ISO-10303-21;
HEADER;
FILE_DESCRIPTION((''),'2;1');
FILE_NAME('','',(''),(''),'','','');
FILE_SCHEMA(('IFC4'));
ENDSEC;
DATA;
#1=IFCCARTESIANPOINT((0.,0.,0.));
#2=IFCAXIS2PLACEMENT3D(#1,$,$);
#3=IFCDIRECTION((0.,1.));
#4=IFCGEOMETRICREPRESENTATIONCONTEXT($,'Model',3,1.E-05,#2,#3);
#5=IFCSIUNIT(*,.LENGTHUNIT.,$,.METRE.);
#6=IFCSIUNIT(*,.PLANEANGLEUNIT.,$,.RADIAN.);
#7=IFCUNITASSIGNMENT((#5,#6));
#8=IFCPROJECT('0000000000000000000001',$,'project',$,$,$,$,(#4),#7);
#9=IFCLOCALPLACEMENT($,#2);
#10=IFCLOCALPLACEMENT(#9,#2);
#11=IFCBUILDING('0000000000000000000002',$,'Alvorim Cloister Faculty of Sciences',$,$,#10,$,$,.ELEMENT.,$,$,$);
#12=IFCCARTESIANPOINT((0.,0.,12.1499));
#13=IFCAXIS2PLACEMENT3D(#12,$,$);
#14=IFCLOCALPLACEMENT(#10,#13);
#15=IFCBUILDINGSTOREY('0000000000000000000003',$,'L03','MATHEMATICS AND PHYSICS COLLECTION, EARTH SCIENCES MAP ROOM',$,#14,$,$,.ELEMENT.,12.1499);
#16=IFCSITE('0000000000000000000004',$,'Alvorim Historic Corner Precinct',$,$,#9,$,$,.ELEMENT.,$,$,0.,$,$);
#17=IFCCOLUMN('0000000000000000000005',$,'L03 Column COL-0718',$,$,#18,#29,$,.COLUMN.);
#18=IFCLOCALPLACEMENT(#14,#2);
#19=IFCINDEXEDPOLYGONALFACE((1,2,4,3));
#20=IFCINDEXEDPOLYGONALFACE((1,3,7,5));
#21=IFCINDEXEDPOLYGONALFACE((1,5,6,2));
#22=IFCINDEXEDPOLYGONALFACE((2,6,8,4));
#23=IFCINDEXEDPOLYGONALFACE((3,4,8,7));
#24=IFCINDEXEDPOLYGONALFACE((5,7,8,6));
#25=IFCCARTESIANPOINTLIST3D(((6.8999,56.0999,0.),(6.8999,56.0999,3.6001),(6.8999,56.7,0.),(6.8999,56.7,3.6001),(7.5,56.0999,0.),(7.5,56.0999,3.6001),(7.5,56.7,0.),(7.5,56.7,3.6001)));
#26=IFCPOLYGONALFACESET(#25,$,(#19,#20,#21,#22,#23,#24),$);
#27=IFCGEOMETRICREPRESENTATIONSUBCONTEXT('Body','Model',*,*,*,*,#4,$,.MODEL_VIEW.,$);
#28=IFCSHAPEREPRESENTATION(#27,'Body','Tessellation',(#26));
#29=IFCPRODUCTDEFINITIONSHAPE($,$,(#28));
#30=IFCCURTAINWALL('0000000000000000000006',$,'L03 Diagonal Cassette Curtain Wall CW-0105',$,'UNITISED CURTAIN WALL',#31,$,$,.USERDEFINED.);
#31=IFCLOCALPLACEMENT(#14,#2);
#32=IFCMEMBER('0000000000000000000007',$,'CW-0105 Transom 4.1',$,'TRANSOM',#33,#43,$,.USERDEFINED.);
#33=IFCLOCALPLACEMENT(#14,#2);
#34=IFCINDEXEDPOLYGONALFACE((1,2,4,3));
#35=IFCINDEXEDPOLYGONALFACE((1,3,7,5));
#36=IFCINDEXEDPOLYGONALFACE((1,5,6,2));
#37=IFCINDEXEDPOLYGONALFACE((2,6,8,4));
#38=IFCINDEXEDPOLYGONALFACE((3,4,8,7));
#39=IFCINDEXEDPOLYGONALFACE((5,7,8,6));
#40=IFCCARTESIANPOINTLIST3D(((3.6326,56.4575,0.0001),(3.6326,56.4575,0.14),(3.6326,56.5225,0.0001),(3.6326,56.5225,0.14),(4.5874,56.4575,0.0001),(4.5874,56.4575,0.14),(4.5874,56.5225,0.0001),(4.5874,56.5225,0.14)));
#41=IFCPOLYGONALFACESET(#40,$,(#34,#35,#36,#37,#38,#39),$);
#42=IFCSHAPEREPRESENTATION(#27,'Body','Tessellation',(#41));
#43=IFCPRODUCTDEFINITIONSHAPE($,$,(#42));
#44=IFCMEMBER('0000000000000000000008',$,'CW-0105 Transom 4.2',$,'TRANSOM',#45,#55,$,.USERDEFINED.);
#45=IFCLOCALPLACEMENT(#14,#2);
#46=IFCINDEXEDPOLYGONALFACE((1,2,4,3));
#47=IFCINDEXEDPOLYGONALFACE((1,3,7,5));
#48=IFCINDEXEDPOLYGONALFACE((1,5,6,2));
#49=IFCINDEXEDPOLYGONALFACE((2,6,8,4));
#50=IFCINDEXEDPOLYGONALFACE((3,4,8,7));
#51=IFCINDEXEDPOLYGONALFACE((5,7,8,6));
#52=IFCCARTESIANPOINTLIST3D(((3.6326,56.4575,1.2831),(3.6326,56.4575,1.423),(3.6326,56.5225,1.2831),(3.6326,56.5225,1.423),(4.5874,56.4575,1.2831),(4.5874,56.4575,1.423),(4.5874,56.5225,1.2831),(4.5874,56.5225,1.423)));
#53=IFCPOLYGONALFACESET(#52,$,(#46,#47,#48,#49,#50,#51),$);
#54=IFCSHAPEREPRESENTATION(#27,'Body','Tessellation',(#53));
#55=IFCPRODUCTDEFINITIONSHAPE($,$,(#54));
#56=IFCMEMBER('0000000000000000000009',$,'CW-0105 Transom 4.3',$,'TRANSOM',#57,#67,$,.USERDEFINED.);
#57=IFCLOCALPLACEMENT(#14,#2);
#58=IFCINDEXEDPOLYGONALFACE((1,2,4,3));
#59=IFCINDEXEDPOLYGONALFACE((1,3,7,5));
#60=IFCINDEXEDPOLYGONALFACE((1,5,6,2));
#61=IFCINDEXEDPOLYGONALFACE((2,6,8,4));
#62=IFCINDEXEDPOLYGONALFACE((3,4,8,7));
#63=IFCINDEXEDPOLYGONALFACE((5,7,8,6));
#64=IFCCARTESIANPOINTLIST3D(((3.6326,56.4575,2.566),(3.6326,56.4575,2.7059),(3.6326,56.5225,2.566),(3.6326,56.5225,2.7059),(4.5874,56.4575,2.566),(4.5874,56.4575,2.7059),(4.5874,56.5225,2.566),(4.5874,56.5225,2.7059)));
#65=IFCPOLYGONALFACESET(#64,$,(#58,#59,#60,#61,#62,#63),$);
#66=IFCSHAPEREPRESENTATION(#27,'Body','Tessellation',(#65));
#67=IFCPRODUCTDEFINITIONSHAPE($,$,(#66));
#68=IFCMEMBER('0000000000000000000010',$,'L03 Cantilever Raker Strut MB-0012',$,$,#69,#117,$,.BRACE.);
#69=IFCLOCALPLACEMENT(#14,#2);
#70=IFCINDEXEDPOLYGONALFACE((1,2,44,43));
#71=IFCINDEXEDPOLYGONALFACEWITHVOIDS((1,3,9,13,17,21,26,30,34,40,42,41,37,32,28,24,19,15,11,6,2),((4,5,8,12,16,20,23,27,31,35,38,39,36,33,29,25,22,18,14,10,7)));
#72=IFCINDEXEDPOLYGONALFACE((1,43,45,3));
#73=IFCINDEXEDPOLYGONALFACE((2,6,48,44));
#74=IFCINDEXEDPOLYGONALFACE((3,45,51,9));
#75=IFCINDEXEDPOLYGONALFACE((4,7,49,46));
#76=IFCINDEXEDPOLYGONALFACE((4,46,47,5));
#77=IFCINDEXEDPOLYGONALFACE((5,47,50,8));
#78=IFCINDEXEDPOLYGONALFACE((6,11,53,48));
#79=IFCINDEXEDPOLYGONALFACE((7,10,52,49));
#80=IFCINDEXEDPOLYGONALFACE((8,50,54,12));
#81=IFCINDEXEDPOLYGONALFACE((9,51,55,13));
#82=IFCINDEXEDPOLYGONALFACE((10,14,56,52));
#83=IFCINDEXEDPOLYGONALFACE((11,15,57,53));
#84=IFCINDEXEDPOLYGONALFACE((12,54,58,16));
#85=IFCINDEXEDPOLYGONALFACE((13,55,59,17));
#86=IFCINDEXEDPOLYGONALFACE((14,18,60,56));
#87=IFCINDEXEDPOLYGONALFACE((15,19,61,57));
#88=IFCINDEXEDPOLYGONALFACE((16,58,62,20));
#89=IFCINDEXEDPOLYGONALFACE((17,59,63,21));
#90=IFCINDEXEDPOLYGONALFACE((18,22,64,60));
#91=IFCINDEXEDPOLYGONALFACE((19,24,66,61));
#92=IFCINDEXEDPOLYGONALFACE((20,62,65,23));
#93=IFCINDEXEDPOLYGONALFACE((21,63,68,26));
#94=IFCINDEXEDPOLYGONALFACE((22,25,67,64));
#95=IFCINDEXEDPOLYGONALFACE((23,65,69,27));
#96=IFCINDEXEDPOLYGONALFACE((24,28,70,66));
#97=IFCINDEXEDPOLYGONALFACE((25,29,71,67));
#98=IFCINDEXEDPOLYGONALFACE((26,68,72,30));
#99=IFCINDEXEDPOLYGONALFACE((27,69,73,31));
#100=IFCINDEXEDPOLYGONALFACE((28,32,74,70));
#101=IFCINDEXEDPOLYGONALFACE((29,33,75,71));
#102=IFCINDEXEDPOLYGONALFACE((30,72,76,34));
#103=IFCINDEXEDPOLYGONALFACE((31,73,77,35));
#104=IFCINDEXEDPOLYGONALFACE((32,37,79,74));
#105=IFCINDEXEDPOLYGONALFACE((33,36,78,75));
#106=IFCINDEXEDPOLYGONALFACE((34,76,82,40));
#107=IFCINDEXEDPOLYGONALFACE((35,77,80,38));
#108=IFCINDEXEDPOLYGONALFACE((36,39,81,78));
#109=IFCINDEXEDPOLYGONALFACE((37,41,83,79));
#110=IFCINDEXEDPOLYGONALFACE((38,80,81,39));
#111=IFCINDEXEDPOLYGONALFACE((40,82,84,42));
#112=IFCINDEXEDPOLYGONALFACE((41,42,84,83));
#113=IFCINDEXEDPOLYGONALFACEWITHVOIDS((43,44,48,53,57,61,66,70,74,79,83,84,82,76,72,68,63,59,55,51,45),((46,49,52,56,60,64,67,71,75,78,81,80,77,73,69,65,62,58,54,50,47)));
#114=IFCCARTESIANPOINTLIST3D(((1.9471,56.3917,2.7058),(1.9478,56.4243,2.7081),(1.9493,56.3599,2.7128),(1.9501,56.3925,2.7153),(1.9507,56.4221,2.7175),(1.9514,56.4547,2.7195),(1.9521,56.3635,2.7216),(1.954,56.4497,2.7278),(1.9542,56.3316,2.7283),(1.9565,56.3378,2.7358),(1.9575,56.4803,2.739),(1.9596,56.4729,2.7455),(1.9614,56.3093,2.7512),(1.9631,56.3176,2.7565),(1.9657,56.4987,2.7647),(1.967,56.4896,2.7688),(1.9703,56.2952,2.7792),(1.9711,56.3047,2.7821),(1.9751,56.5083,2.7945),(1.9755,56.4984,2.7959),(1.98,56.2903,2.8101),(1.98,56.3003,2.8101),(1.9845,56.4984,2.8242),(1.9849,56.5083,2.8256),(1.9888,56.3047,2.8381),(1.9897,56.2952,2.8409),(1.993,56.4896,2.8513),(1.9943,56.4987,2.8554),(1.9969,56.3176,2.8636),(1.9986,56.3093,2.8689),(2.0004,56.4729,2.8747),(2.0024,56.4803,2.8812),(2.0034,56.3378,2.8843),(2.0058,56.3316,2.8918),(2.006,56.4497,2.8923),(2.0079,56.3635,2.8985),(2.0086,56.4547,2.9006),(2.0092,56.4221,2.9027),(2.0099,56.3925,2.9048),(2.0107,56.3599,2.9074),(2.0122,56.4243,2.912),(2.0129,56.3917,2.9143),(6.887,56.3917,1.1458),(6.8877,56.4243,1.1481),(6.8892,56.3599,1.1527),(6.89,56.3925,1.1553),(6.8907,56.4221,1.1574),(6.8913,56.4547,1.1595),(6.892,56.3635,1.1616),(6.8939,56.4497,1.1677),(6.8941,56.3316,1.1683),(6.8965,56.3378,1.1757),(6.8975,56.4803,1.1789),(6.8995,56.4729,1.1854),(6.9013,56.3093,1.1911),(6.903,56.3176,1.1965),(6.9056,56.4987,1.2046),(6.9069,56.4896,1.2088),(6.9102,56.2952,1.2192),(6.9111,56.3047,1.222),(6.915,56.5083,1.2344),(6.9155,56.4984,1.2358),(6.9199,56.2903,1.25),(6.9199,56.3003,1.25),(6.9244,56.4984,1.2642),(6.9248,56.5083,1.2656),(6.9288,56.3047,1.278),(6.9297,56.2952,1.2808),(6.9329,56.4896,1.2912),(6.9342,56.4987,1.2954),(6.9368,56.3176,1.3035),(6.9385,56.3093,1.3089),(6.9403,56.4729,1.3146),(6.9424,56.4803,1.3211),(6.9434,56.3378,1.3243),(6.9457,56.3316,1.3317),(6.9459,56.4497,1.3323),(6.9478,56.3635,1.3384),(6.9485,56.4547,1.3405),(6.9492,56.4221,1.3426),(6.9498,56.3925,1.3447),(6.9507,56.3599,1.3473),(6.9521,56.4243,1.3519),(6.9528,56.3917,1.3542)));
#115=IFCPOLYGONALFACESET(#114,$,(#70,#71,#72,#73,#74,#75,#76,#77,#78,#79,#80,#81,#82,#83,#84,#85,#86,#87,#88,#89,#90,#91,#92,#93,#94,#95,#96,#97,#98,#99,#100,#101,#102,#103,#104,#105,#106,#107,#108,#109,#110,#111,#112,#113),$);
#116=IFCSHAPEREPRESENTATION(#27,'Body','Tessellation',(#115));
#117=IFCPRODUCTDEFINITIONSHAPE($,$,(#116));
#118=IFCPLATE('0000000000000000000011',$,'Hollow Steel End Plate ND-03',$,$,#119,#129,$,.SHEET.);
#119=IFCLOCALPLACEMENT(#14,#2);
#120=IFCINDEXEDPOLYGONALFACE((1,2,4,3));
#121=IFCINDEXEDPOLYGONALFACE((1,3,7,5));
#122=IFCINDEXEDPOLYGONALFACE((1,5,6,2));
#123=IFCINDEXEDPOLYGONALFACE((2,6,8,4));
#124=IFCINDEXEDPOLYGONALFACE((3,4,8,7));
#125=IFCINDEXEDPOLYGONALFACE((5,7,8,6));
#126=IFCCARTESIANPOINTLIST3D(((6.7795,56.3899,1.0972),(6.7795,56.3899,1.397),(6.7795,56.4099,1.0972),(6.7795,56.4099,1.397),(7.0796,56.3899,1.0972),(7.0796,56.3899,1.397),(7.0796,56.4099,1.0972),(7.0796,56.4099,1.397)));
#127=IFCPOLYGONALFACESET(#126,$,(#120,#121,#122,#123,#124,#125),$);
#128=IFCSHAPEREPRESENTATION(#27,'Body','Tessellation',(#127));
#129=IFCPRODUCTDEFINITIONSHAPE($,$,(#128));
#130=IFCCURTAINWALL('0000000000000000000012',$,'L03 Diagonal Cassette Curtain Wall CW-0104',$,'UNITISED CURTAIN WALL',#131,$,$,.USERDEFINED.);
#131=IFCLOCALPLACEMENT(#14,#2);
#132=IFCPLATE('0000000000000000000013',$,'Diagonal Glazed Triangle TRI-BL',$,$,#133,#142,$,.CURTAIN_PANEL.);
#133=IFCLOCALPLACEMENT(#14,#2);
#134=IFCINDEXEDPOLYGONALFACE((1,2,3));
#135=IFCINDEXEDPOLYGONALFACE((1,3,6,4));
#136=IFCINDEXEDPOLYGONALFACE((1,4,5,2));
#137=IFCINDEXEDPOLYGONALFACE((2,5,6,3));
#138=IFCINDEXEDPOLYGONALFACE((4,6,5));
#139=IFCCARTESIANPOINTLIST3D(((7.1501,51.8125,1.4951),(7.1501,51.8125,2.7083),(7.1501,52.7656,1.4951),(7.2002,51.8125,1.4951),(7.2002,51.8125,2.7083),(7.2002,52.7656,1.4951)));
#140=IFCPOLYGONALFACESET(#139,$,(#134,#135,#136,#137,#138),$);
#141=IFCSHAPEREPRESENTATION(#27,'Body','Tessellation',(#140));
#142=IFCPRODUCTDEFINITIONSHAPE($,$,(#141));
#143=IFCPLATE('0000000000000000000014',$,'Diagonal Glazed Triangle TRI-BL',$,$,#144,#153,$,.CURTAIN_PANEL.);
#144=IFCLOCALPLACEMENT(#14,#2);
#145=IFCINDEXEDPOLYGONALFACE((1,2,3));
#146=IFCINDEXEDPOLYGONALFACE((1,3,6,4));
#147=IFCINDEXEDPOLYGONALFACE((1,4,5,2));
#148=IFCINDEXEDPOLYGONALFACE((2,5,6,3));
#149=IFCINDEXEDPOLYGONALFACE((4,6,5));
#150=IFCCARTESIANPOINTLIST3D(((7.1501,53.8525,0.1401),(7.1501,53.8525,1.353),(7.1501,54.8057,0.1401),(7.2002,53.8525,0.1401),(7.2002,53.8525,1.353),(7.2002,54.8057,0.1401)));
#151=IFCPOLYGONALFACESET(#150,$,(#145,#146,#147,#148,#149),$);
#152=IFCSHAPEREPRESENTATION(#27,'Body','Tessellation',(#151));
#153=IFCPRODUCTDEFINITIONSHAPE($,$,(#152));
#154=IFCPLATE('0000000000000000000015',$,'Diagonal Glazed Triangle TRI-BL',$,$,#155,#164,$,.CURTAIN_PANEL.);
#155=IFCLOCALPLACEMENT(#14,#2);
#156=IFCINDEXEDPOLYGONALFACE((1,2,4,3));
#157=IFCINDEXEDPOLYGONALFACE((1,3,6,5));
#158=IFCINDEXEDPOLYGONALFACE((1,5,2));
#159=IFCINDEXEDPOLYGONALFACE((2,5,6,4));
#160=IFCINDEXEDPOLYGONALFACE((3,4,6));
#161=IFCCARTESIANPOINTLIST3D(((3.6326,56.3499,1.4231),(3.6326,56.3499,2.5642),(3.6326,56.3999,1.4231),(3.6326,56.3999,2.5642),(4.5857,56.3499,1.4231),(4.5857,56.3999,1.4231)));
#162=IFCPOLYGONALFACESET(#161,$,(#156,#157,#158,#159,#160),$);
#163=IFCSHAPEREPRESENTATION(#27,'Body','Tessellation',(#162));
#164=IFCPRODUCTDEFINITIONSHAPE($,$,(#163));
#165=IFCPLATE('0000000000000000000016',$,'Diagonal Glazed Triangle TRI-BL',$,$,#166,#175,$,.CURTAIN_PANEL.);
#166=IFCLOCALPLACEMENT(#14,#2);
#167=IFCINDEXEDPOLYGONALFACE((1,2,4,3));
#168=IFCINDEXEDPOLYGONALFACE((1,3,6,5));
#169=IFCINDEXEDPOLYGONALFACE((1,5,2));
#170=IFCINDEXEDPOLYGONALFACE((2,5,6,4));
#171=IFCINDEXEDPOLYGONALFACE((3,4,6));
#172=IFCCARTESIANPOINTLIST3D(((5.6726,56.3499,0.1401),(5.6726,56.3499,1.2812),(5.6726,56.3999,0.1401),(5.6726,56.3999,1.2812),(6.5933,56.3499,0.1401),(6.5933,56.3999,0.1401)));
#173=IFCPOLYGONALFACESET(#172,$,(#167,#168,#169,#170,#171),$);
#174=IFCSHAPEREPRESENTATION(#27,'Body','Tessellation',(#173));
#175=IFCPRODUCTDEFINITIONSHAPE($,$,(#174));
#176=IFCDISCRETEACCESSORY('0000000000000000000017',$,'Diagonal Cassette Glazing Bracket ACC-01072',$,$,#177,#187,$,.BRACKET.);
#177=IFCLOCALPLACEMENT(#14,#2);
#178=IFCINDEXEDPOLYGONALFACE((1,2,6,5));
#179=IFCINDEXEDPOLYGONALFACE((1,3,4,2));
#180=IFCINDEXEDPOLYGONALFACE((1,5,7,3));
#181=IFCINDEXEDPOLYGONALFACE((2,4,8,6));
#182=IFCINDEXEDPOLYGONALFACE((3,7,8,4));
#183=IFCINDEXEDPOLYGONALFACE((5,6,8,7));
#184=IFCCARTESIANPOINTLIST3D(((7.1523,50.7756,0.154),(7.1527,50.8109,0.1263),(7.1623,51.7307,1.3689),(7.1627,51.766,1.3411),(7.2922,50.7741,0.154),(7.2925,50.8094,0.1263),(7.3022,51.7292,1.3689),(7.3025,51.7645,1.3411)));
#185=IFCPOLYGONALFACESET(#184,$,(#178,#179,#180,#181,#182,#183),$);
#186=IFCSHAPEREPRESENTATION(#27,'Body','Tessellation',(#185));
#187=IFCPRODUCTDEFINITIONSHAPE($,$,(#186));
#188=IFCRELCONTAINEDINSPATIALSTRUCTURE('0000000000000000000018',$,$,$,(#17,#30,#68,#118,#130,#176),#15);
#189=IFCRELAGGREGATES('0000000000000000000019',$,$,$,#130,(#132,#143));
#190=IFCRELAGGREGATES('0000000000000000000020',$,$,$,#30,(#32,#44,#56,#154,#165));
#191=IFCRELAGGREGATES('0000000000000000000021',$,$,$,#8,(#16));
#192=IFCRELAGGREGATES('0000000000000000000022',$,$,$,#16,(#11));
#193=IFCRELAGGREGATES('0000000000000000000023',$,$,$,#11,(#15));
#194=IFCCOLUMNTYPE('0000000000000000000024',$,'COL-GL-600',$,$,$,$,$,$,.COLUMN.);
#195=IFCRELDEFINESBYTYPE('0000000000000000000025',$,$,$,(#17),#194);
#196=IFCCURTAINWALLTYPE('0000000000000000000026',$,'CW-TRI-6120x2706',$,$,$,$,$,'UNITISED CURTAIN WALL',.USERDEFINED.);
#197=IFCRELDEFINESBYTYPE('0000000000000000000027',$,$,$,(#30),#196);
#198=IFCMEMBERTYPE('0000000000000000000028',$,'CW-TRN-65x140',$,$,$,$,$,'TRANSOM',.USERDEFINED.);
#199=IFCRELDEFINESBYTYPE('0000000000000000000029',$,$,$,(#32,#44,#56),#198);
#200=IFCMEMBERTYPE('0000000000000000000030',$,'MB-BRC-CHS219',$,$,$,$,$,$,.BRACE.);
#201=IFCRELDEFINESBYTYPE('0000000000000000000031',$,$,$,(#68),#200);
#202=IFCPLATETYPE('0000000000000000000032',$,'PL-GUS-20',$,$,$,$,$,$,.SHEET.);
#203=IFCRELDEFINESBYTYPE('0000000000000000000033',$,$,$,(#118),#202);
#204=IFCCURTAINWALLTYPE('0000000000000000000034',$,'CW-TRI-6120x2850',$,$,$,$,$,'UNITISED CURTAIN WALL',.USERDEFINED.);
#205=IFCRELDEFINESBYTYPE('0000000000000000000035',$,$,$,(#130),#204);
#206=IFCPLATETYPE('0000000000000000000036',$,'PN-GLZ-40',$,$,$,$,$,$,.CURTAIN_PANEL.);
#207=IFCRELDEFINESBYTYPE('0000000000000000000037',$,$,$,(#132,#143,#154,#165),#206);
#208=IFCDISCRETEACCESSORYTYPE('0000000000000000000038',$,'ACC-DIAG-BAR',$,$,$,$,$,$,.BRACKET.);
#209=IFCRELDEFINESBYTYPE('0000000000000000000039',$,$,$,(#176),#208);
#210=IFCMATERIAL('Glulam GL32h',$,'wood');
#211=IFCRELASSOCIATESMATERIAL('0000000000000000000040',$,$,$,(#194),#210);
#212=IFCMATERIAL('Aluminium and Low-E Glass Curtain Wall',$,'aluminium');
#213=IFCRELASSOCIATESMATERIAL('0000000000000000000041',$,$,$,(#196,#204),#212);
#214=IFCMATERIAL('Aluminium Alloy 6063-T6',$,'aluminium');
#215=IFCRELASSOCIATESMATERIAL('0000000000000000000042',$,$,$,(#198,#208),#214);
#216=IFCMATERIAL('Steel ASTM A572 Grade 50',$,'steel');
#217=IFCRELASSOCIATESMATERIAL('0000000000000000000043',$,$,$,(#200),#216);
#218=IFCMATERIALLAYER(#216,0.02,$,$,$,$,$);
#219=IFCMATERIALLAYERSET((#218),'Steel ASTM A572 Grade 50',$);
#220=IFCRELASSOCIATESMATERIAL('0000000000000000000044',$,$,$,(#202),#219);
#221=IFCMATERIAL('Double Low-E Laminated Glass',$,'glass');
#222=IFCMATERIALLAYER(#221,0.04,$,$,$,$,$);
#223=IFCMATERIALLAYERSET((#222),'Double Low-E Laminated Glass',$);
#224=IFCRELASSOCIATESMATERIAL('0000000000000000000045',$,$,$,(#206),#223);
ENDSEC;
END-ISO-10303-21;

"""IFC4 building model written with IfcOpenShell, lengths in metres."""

from ifc_helpers import new_model, si_unit, direction, frame, origin, origin_2d, place, context, subcontext, project, spatial, polyline, rectangle, hollow_circle, outline, extrude, material, layer, layer_set, material_profile, profile_set, type_object, element, aggregate, save


model = new_model("IFC4")

# Units and contexts
model_context = context("Model", 3, precision=1e-05, world=origin(), true_north=direction((0.0, 1.0)))
body_context = subcontext(model_context, "Body", "Model", "MODEL_VIEW")
ifc_project = project(units=[si_unit("LENGTHUNIT", "METRE"), si_unit("PLANEANGLEUNIT", "RADIAN")], contexts=[model_context])

# Site, building, storey
site_placement = place(None, origin())
site = spatial("IfcSite", under=ifc_project, at=site_placement, Name="Alvorim Historic Corner Precinct", CompositionType="ELEMENT", RefElevation=0.0)
building_placement = place(site_placement, origin())
building = spatial("IfcBuilding", under=site, at=building_placement, Name="Alvorim Cloister Faculty of Sciences", CompositionType="ELEMENT")
storey_placement = place(building_placement, frame((0.0, 0.0, 12.1499)))
storey = spatial("IfcBuildingStorey", under=building, at=storey_placement, Name="L03", Description="MATHEMATICS AND PHYSICS COLLECTION, EARTH SCIENCES MAP ROOM", CompositionType="ELEMENT", Elevation=12.1499)

# Column
ifc_material_1 = material(Name="Glulam GL32h", Category="wood")
ifc_material_profile_1 = material_profile(ifc_material_1, rectangle(XDim=0.6001, YDim=0.6001, at=origin_2d()), Name="GL32-COL-600x600")
ifc_profile_set_1 = profile_set([ifc_material_profile_1], Name="Glulam GL32h")
column_type = type_object("IfcColumnType", Name="COL-GL-600", PredefinedType="COLUMN", material=ifc_profile_set_1)
column_placement = place(storey_placement, frame((7.2, 56.3999, 0.0), z_axis=(0.0, 0.0, 1.0), x_axis=(1.0, 0.0, 0.0)))
element("IfcColumn", 1, at=column_placement, inside=storey, type_object=column_type, Name="L03 Column COL-0718", PredefinedType="COLUMN", context=body_context, shape_type="SweptSolid", body=[
    extrude(rectangle(XDim=0.6001, YDim=0.6001, at=origin_2d()), origin(), (0.0, 0.0, 1.0), 3.6001),
])

# Curtain wall, members
ifc_material_2 = material(Name="Aluminium and Low-E Glass Curtain Wall", Category="aluminium")
curtain_wall_type_1 = type_object("IfcCurtainWallType", Name="CW-TRI-6120x2706", ElementType="UNITISED CURTAIN WALL", PredefinedType="USERDEFINED", material=ifc_material_2)
curtain_wall_1_placement = place(storey_placement, origin())
curtain_wall_1 = element("IfcCurtainWall", 2, at=curtain_wall_1_placement, inside=storey, type_object=curtain_wall_type_1, Name="L03 Diagonal Cassette Curtain Wall CW-0105", ObjectType="UNITISED CURTAIN WALL", PredefinedType="USERDEFINED")
ifc_material_3 = material(Name="Aluminium Alloy 6063-T6", Category="aluminium")
ifc_material_profile_2 = material_profile(ifc_material_3, rectangle(XDim=0.0649, YDim=0.1399, at=origin_2d()), Name="ALU-TRN-65x140")
ifc_profile_set_2 = profile_set([ifc_material_profile_2], Name="Aluminium Alloy 6063-T6")
member_type_1 = type_object("IfcMemberType", Name="CW-TRN-65x140", ElementType="TRANSOM", PredefinedType="USERDEFINED", material=ifc_profile_set_2)
member_1_placement = place(storey_placement, frame((3.6326, 56.49, 0.0701), z_axis=(1.0, 0.0, 0.0), x_axis=(0.0, 1.0, 0.0)))
member_1 = element("IfcMember", 3, at=member_1_placement, type_object=member_type_1, Name="CW-0105 Transom 4.1", ObjectType="TRANSOM", PredefinedType="USERDEFINED", context=body_context, shape_type="SweptSolid", body=[
    extrude(rectangle(XDim=0.0649, YDim=0.1399, at=origin_2d()), origin(), (0.0, 0.0, 1.0), 0.9548),
])
member_2_placement = place(storey_placement, frame((3.6326, 56.49, 1.353), z_axis=(1.0, 0.0, 0.0), x_axis=(0.0, 1.0, 0.0)))
member_2 = element("IfcMember", 4, at=member_2_placement, type_object=member_type_1, Name="CW-0105 Transom 4.2", ObjectType="TRANSOM", PredefinedType="USERDEFINED", context=body_context, shape_type="SweptSolid", body=[
    extrude(rectangle(XDim=0.0649, YDim=0.1399, at=origin_2d()), origin(), (0.0, 0.0, 1.0), 0.9548),
])
member_3_placement = place(storey_placement, frame((3.6326, 56.49, 2.636), z_axis=(1.0, 0.0, 0.0), x_axis=(0.0, 1.0, 0.0)))
member_3 = element("IfcMember", 5, at=member_3_placement, type_object=member_type_1, Name="CW-0105 Transom 4.3", ObjectType="TRANSOM", PredefinedType="USERDEFINED", context=body_context, shape_type="SweptSolid", body=[
    extrude(rectangle(XDim=0.0649, YDim=0.1399, at=origin_2d()), origin(), (0.0, 0.0, 1.0), 0.9548),
])

# Member
ifc_material_4 = material(Name="Steel ASTM A572 Grade 50", Category="steel")
ifc_material_profile_3 = material_profile(ifc_material_4, hollow_circle(Radius=0.1096, WallThickness=0.01, at=origin_2d()), Name="CHS219.1x10")
ifc_profile_set_3 = profile_set([ifc_material_profile_3], Name="Steel ASTM A572 Grade 50")
member_type_2 = type_object("IfcMemberType", Name="MB-BRC-CHS219", PredefinedType="BRACE", material=ifc_profile_set_3)
member_4_placement = place(storey_placement, frame((6.9199, 56.3999, 1.25), z_axis=(-0.953578, 0.0, 0.301145), x_axis=(0.0, -1.0, 0.0)))
element("IfcMember", 6, at=member_4_placement, inside=storey, type_object=member_type_2, Name="L03 Cantilever Raker Strut MB-0012", PredefinedType="BRACE", context=body_context, shape_type="SweptSolid", body=[
    extrude(hollow_circle(Radius=0.1096, WallThickness=0.01, at=origin_2d()), origin(), (0.0, 0.0, 1.0), 5.1804),
])

# Plate
ifc_layer_1 = layer(ifc_material_4, 0.02)
ifc_layer_set_1 = layer_set([ifc_layer_1], Name="Steel ASTM A572 Grade 50")
plate_type_1 = type_object("IfcPlateType", Name="PL-GUS-20", PredefinedType="SHEET", material=ifc_layer_set_1)
plate_1_placement = place(storey_placement, frame((7.0796, 56.3999, 1.0972), z_axis=(0.0, 0.0, 1.0), x_axis=(-1.0, 0.0, 0.0)))
element("IfcPlate", 7, at=plate_1_placement, inside=storey, type_object=plate_type_1, Name="Hollow Steel End Plate ND-03", PredefinedType="SHEET", context=body_context, shape_type="SweptSolid", body=[
    extrude(outline(polyline([(0.0, 0.0), (0.3, 0.0), (0.3, 0.2998), (0.0, 0.2998), (0.0, 0.0)])), frame((0.0, 0.01, 0.0), z_axis=(0.0, -1.0, 0.0), x_axis=(1.0, 0.0, 0.0)), (0.0, 0.0, 1.0), 0.02),
])

# Curtain wall, plates
curtain_wall_type_2 = type_object("IfcCurtainWallType", Name="CW-TRI-6120x2850", ElementType="UNITISED CURTAIN WALL", PredefinedType="USERDEFINED", material=ifc_material_2)
curtain_wall_2_placement = place(storey_placement, origin())
curtain_wall_2 = element("IfcCurtainWall", 8, at=curtain_wall_2_placement, inside=storey, type_object=curtain_wall_type_2, Name="L03 Diagonal Cassette Curtain Wall CW-0104", ObjectType="UNITISED CURTAIN WALL", PredefinedType="USERDEFINED")
ifc_material_5 = material(Name="Double Low-E Laminated Glass", Category="glass")
ifc_layer_2 = layer(ifc_material_5, 0.04)
ifc_layer_set_2 = layer_set([ifc_layer_2], Name="Double Low-E Laminated Glass")
plate_type_2 = type_object("IfcPlateType", Name="PN-GLZ-40", PredefinedType="CURTAIN_PANEL", material=ifc_layer_set_2)
plate_2_placement = place(storey_placement, frame((7.175, 51.8125, 1.4951), z_axis=(0.0, 0.0, 1.0), x_axis=(0.0, 1.0, 0.0)))
plate_2 = element("IfcPlate", 9, at=plate_2_placement, type_object=plate_type_2, Name="Diagonal Glazed Triangle TRI-BL", PredefinedType="CURTAIN_PANEL", context=body_context, shape_type="SweptSolid", body=[
    extrude(outline(polyline([(0.0, 0.0), (0.9531, 0.0), (0.0, 1.2131), (0.0, 0.0)])), frame((0.0, 0.0249, 0.0), z_axis=(0.0, -1.0, 0.0), x_axis=(1.0, 0.0, 0.0)), (0.0, 0.0, 1.0), 0.05),
])
plate_3_placement = place(storey_placement, frame((7.175, 53.8525, 0.1401), z_axis=(0.0, 0.0, 1.0), x_axis=(0.0, 1.0, 0.0)))
plate_3 = element("IfcPlate", 10, at=plate_3_placement, type_object=plate_type_2, Name="Diagonal Glazed Triangle TRI-BL", PredefinedType="CURTAIN_PANEL", context=body_context, shape_type="SweptSolid", body=[
    extrude(outline(polyline([(0.0, 0.0), (0.9531, 0.0), (0.0, 1.2129), (0.0, 0.0)])), frame((0.0, 0.0249, 0.0), z_axis=(0.0, -1.0, 0.0), x_axis=(1.0, 0.0, 0.0)), (0.0, 0.0, 1.0), 0.05),
])
aggregate(curtain_wall_2, [plate_2, plate_3])

# Plates
plate_4_placement = place(storey_placement, frame((3.6326, 56.375, 1.4231), z_axis=(0.0, 0.0, 1.0), x_axis=(1.0, 0.0, 0.0)))
plate_4 = element("IfcPlate", 11, at=plate_4_placement, type_object=plate_type_2, Name="Diagonal Glazed Triangle TRI-BL", PredefinedType="CURTAIN_PANEL", context=body_context, shape_type="SweptSolid", body=[
    extrude(outline(polyline([(0.0, 0.0), (0.9531, 0.0), (0.0, 1.1411), (0.0, 0.0)])), frame((0.0, 0.0249, 0.0), z_axis=(0.0, -1.0, 0.0), x_axis=(1.0, 0.0, 0.0)), (0.0, 0.0, 1.0), 0.05),
])
plate_5_placement = place(storey_placement, frame((5.6726, 56.375, 0.1401), z_axis=(0.0, 0.0, 1.0), x_axis=(1.0, 0.0, 0.0)))
plate_5 = element("IfcPlate", 12, at=plate_5_placement, type_object=plate_type_2, Name="Diagonal Glazed Triangle TRI-BL", PredefinedType="CURTAIN_PANEL", context=body_context, shape_type="SweptSolid", body=[
    extrude(outline(polyline([(0.0, 0.0), (0.9207, 0.0), (0.0, 1.1411), (0.0, 0.0)])), frame((0.0, 0.0249, 0.0), z_axis=(0.0, -1.0, 0.0), x_axis=(1.0, 0.0, 0.0)), (0.0, 0.0, 1.0), 0.05),
])
aggregate(curtain_wall_1, [member_1, member_2, member_3, plate_4, plate_5])

# Discrete accessory
discrete_accessory_type = type_object("IfcDiscreteAccessoryType", Name="ACC-DIAG-BAR", PredefinedType="BRACKET", material=ifc_material_3)
discrete_accessory_placement = place(storey_placement, frame((7.2224, 50.7925, 0.1401), z_axis=(0.006477, 0.618032, 0.786126), x_axis=(-0.999945, 0.01048, 0.0)))
element("IfcDiscreteAccessory", 13, at=discrete_accessory_placement, inside=storey, type_object=discrete_accessory_type, Name="Diagonal Cassette Glazing Bracket ACC-01072", PredefinedType="BRACKET", context=body_context, shape_type="SweptSolid", body=[
    extrude(rectangle(XDim=0.1399, YDim=0.0449, at=origin_2d()), origin(), (0.0, 0.0, 1.0), 1.5454),
])

save(model, "model.ifc")
